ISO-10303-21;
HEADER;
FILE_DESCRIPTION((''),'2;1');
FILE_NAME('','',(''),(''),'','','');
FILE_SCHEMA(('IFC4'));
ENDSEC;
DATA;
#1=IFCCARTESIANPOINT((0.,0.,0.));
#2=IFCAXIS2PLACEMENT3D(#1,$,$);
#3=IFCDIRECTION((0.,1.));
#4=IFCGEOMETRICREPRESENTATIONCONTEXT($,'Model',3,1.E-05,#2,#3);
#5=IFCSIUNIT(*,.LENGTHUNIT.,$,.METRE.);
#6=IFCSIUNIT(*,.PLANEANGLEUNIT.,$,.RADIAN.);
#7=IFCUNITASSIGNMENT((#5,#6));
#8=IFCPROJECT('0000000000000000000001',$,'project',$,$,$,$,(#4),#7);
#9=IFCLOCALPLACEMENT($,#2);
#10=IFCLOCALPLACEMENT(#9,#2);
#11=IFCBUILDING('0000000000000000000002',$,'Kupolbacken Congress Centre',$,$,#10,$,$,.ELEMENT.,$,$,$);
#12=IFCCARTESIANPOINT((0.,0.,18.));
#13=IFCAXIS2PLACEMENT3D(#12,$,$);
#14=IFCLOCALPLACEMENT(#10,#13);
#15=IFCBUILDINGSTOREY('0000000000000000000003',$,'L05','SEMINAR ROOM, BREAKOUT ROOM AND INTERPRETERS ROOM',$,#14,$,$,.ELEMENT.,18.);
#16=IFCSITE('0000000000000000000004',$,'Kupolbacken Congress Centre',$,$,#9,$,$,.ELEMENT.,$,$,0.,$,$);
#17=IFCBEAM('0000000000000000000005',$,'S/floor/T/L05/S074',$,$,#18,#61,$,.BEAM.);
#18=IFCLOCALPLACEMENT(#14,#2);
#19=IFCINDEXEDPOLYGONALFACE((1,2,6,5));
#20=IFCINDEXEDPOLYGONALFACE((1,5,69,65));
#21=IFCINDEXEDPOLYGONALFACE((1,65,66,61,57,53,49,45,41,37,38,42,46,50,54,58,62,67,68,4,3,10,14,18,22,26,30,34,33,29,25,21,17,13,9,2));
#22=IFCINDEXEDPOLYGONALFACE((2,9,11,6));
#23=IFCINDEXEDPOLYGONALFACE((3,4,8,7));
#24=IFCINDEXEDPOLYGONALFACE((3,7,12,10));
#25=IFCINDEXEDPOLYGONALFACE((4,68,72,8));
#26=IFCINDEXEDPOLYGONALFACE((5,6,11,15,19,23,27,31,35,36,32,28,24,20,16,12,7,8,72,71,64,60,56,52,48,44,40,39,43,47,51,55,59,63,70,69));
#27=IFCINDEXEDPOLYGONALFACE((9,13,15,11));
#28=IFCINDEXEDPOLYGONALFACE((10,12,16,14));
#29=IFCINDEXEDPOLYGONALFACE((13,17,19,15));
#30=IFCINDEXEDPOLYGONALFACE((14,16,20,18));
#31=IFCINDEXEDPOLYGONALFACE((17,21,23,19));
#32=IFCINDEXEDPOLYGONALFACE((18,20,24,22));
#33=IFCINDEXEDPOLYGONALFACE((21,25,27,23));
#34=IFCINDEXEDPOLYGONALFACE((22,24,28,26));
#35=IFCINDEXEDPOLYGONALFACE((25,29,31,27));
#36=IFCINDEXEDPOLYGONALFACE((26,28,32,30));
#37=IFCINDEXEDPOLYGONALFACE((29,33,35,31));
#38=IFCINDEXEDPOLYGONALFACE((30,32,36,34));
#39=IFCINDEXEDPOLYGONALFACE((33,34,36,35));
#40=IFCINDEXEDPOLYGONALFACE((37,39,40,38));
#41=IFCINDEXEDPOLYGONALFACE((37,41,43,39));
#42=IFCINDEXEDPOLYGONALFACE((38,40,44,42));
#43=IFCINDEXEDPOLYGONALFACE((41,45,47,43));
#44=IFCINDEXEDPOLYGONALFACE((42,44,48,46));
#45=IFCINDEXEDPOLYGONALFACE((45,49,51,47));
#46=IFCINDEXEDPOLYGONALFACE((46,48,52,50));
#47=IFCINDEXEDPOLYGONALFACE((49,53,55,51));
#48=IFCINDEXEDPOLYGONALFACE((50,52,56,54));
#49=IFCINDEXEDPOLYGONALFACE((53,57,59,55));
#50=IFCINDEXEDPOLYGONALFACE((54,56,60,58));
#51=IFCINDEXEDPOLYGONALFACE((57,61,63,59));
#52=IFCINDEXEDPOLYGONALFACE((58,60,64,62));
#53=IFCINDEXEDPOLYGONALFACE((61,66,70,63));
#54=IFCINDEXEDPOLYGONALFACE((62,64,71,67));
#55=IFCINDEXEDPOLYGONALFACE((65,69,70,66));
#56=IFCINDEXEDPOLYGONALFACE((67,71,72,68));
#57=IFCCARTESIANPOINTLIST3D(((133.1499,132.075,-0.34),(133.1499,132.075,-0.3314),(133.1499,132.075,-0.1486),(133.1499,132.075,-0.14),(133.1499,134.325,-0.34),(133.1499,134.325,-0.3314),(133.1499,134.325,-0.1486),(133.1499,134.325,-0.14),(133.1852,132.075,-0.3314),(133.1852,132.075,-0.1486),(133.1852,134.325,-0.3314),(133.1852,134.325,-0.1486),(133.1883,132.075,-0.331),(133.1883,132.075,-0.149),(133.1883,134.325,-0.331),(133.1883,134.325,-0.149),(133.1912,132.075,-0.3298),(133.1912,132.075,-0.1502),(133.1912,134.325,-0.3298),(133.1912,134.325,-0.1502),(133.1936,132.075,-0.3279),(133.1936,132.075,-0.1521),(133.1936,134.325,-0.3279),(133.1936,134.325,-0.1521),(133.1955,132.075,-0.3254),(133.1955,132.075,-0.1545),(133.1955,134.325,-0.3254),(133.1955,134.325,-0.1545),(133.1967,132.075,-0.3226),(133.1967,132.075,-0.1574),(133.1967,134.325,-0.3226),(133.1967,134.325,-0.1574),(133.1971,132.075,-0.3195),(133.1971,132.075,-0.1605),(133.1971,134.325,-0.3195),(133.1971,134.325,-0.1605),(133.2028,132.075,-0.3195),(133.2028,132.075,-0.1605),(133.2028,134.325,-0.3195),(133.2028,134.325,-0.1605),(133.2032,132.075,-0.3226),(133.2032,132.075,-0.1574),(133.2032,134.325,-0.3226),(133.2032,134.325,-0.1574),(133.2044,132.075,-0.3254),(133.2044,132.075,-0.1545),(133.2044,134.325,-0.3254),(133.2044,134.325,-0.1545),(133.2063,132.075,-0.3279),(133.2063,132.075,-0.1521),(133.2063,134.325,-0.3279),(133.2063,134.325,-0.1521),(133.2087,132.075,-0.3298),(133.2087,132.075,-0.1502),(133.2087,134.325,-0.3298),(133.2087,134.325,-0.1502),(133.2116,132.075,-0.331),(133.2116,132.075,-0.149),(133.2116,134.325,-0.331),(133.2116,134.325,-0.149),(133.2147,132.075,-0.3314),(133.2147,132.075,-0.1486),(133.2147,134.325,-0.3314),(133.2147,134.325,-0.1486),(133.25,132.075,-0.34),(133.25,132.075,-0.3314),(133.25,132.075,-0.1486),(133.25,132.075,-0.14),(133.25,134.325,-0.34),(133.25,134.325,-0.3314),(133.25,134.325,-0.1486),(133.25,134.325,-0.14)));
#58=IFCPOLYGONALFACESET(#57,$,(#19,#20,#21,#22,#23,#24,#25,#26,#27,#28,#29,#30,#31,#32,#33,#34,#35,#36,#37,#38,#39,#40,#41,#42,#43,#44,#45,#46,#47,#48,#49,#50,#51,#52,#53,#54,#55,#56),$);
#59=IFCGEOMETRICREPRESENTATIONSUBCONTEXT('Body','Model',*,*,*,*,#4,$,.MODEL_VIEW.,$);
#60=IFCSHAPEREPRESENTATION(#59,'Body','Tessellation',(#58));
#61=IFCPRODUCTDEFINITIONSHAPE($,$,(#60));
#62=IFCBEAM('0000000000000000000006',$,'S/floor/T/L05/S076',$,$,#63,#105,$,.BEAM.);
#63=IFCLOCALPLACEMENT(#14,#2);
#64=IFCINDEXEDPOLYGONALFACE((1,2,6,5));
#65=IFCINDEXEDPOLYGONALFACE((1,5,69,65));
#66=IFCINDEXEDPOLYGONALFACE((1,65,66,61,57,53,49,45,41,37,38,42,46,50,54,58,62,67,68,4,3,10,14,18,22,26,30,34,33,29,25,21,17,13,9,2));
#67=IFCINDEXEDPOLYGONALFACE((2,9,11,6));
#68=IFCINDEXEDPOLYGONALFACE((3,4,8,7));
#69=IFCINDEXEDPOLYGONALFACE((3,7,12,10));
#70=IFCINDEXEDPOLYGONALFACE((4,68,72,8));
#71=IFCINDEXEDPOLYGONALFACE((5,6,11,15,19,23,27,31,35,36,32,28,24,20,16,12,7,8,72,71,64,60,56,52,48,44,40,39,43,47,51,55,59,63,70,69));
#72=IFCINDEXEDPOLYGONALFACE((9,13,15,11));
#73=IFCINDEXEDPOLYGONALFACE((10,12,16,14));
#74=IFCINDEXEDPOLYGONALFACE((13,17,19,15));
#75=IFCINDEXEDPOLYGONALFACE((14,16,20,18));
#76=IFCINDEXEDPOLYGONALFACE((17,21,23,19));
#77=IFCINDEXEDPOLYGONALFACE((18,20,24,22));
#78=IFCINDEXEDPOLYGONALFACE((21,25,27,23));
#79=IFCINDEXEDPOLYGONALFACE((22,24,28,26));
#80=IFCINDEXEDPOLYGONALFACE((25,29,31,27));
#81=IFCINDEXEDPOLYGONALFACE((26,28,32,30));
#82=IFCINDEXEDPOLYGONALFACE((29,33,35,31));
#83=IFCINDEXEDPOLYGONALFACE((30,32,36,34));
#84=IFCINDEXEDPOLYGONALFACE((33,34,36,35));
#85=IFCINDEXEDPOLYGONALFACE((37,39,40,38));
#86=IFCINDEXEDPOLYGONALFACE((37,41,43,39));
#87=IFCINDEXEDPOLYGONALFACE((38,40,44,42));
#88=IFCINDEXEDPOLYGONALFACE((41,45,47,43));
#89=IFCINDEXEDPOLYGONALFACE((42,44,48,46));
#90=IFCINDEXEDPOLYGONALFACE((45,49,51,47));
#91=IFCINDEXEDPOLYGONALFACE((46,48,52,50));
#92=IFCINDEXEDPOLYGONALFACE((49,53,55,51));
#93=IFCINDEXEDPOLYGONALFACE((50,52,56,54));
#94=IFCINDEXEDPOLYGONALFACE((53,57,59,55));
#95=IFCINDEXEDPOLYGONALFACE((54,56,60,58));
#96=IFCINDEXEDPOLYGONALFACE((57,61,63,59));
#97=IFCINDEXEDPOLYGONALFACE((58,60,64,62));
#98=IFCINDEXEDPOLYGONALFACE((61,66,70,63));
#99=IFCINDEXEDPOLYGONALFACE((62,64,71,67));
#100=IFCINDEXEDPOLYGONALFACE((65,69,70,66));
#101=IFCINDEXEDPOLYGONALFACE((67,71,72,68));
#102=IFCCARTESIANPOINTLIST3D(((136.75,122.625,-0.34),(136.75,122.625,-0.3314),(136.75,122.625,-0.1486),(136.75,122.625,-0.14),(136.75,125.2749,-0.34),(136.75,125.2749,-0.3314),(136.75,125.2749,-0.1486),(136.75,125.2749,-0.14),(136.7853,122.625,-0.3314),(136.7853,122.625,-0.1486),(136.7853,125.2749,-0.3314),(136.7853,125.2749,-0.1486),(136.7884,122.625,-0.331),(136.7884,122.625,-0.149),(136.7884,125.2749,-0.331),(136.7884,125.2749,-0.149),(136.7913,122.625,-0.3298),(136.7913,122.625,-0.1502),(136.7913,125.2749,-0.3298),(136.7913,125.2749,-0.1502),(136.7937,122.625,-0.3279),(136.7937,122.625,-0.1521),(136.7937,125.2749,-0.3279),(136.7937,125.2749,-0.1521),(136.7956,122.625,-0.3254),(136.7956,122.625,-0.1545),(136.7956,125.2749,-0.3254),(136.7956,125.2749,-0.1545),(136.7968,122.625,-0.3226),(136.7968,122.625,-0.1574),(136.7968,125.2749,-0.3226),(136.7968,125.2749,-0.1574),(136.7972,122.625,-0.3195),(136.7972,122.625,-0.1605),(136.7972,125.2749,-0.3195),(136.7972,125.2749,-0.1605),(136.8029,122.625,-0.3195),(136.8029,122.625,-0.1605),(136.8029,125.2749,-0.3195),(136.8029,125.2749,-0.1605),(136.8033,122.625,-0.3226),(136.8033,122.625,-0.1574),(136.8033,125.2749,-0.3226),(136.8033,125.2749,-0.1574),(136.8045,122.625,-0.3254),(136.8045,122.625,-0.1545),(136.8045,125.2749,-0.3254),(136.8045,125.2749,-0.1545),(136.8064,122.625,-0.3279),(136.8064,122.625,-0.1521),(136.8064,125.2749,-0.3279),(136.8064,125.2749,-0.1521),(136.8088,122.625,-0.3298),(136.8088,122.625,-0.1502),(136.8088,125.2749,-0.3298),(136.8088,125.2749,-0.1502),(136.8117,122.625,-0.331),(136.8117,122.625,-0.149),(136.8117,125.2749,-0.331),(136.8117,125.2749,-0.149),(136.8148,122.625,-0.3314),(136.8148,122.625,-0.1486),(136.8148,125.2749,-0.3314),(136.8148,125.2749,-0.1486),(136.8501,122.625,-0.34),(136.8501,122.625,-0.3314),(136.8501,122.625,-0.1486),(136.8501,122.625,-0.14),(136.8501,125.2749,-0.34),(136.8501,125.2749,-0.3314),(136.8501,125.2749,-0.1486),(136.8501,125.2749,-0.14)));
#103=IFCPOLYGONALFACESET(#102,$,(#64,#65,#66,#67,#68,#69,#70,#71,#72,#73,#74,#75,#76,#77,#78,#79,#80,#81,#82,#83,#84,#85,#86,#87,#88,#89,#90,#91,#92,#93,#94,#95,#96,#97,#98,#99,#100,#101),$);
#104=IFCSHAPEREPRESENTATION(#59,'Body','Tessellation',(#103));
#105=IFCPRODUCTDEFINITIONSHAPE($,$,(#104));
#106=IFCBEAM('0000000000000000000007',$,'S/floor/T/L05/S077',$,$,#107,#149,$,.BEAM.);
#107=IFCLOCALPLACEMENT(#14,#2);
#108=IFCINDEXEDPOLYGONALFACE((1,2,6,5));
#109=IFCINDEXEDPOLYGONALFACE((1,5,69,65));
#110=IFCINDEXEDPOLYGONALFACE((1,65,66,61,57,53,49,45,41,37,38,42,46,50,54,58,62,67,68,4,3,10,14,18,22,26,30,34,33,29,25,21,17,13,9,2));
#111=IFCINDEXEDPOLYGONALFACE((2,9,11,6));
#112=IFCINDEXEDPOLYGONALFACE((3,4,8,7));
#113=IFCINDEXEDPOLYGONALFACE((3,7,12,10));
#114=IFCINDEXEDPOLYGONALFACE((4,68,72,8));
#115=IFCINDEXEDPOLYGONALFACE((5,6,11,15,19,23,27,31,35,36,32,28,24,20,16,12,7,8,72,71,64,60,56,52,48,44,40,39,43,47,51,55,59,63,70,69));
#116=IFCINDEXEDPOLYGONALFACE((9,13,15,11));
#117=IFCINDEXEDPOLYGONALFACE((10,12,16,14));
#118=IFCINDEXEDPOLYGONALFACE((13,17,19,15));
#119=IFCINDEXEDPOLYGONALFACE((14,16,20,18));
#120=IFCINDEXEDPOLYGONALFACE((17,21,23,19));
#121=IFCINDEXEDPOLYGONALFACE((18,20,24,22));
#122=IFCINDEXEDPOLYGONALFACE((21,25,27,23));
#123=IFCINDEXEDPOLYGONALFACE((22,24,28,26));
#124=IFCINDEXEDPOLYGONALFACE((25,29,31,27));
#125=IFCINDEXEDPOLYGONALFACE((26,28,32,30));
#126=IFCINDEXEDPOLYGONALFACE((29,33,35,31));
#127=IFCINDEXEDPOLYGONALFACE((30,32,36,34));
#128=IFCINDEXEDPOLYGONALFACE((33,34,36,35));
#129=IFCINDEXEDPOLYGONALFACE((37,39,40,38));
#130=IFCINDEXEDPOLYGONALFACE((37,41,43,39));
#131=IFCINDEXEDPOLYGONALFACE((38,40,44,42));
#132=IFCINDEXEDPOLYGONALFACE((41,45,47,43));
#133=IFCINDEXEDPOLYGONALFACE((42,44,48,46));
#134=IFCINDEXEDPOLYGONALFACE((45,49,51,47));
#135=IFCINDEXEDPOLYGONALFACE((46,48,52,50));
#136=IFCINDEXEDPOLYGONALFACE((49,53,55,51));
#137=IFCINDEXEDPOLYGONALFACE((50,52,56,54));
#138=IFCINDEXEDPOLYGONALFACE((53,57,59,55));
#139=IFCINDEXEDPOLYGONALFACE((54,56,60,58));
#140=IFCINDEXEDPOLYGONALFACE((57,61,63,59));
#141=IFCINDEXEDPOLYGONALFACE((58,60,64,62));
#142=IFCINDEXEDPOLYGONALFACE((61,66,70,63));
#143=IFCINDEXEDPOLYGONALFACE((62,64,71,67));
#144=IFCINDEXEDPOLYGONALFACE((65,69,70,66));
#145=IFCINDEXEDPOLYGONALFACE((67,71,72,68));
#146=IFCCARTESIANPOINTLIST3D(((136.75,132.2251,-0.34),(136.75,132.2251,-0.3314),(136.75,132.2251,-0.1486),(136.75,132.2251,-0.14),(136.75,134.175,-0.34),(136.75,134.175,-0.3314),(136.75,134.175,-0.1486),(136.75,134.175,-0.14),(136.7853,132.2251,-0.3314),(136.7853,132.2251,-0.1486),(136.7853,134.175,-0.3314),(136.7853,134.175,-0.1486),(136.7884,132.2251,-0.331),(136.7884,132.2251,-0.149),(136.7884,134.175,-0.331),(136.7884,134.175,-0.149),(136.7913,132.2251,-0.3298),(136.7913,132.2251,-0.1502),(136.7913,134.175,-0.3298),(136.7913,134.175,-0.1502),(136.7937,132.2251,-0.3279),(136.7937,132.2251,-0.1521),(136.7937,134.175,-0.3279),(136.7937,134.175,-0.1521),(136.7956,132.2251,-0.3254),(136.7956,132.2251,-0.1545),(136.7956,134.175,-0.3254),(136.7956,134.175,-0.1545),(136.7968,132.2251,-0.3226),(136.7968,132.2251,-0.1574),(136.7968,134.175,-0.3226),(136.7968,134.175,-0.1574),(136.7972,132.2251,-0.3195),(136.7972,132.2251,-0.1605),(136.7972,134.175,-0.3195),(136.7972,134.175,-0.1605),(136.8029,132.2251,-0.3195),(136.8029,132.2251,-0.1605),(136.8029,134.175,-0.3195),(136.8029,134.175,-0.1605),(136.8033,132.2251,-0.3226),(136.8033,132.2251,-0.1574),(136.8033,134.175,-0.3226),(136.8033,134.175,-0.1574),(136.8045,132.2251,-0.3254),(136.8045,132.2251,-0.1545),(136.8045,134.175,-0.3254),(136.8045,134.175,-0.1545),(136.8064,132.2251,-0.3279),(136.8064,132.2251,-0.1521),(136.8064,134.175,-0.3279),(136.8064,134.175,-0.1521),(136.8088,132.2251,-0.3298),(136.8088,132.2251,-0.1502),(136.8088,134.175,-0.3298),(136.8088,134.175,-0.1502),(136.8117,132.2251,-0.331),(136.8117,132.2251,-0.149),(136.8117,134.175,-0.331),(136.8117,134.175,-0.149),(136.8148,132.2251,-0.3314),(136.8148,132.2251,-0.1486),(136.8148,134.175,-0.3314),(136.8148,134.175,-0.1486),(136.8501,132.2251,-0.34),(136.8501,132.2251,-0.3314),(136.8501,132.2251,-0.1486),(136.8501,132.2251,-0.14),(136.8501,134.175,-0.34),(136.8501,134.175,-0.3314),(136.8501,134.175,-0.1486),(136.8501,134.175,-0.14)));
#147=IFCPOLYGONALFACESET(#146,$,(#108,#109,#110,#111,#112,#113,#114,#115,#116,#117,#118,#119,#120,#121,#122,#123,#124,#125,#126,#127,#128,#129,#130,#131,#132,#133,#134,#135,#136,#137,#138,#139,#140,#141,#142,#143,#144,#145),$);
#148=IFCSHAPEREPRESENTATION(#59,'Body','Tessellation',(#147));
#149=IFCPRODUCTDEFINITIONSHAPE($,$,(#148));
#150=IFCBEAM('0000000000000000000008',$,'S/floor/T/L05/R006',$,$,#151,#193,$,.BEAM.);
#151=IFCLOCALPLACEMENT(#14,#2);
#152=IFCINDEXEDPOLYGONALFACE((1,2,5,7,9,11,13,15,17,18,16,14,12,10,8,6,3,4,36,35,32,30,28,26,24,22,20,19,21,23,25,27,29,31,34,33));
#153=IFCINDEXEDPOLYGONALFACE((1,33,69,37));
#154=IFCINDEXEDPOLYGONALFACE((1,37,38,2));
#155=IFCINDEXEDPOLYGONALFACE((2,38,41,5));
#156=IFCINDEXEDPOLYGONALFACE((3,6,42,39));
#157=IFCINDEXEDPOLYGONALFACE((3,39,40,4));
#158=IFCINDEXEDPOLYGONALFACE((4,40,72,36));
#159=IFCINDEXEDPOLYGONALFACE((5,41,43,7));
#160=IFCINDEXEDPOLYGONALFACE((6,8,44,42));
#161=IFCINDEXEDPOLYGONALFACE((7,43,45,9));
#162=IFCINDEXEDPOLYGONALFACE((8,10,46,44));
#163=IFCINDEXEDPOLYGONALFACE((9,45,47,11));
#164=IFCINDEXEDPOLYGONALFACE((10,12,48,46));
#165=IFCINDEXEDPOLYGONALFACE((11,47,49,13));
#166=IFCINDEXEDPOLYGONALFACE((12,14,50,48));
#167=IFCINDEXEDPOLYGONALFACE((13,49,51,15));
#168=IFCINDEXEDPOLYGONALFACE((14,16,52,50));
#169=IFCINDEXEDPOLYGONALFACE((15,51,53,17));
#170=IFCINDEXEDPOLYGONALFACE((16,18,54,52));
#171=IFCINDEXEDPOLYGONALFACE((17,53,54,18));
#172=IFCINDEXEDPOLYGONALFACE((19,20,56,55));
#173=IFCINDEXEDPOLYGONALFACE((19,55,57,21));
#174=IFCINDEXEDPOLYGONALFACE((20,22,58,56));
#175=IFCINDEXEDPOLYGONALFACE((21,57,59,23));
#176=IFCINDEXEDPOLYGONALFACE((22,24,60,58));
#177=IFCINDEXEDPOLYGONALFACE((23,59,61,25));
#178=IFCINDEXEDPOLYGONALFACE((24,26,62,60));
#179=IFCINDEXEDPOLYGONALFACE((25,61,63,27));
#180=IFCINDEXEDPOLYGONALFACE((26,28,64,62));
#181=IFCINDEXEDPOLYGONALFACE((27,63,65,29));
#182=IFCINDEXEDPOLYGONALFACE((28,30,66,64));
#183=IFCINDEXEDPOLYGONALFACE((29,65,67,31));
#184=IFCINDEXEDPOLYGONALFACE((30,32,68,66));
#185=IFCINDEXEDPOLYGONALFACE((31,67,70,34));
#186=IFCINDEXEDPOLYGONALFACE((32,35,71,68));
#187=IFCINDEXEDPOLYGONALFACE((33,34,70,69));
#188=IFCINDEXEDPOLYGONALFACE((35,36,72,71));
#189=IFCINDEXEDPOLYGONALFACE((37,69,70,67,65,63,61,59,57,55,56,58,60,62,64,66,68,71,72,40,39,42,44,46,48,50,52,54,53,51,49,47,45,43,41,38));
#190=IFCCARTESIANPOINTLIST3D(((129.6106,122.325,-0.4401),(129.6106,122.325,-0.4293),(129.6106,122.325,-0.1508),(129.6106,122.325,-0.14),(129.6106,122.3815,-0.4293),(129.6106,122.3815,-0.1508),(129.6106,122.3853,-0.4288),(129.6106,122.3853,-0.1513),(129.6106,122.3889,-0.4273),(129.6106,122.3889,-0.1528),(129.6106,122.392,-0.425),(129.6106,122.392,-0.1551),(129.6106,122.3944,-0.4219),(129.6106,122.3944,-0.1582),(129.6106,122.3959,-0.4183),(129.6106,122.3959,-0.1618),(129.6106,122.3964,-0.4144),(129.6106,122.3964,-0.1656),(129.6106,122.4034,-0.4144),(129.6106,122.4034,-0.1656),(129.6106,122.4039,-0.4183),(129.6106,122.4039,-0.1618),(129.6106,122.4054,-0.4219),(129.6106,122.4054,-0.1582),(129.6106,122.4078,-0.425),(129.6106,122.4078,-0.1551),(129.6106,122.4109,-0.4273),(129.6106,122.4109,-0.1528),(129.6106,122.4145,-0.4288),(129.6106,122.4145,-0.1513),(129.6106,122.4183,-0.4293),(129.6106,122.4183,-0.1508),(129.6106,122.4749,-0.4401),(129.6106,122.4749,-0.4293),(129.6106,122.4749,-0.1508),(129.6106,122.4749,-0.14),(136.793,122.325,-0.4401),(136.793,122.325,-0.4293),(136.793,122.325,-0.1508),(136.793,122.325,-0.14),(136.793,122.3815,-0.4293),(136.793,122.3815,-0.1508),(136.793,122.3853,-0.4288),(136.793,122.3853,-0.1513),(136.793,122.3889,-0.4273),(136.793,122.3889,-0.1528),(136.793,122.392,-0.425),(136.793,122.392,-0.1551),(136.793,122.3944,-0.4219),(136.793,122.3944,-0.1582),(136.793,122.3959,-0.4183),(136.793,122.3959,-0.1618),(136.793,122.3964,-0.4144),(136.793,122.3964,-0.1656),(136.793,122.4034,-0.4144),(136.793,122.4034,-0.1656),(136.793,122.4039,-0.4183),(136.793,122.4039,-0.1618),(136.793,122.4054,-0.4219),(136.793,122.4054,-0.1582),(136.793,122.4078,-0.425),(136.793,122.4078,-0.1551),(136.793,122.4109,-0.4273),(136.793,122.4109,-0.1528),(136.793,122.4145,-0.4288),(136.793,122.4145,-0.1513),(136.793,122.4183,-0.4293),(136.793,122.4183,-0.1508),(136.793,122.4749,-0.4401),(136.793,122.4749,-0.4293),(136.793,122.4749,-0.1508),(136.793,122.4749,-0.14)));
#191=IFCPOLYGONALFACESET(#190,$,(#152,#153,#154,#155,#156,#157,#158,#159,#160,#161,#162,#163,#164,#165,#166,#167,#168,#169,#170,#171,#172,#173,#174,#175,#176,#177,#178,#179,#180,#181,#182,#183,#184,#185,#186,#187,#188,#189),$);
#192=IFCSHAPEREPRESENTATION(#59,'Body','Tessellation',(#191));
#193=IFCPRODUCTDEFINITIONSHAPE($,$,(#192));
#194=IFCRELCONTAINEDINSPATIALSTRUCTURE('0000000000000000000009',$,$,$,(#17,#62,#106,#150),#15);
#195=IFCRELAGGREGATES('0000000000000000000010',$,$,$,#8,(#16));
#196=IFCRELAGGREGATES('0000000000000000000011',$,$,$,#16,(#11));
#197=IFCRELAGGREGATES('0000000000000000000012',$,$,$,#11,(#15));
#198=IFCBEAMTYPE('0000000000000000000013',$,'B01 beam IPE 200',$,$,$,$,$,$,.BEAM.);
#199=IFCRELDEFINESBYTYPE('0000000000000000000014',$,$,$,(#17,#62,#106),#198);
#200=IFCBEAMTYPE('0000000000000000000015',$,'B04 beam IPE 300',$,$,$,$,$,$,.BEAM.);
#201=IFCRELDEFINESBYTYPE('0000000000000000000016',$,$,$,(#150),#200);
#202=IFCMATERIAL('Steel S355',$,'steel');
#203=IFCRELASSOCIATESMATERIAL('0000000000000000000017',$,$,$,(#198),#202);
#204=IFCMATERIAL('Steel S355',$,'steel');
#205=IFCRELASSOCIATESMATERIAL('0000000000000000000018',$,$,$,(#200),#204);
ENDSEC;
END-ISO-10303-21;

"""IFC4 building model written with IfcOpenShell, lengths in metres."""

from ifc_helpers import new_model, si_unit, direction, frame, origin, origin_2d, place, context, subcontext, project, spatial, i_section, extrude, material, material_profile, profile_set, type_object, element, save


model = new_model("IFC4")

# Units and contexts
model_context = context("Model", 3, precision=1e-05, world=origin(), true_north=direction((0.0, 1.0)))
body_context = subcontext(model_context, "Body", "Model", "MODEL_VIEW")
ifc_project = project(units=[si_unit("LENGTHUNIT", "METRE"), si_unit("PLANEANGLEUNIT", "RADIAN")], contexts=[model_context])

# Site, building, storey
site_placement = place(None, origin())
site = spatial("IfcSite", under=ifc_project, at=site_placement, Name="Kupolbacken Congress Centre", CompositionType="ELEMENT", RefElevation=0.0)
building_placement = place(site_placement, origin())
building = spatial("IfcBuilding", under=site, at=building_placement, Name="Kupolbacken Congress Centre", CompositionType="ELEMENT")
storey_placement = place(building_placement, frame((0.0, 0.0, 18.0)))
storey = spatial("IfcBuildingStorey", under=building, at=storey_placement, Name="L05", Description="SEMINAR ROOM, BREAKOUT ROOM AND INTERPRETERS ROOM", CompositionType="ELEMENT", Elevation=18.0)

# Beams
ifc_material_1 = material(Name="Steel S355", Category="steel")
ifc_material_profile_1 = material_profile(ifc_material_1, i_section(OverallWidth=0.1001, OverallDepth=0.2, WebThickness=0.0056, FlangeThickness=0.0085, FilletRadius=0.012, at=origin_2d()), Name="IPE 200")
ifc_profile_set_1 = profile_set([ifc_material_profile_1], Name="Steel S355")
beam_type_1 = type_object("IfcBeamType", Name="B01 beam IPE 200", PredefinedType="BEAM", material=ifc_profile_set_1)
beam_1_placement = place(storey_placement, frame((133.2, 132.075, -0.24), z_axis=(0.0, 1.0, 0.0), x_axis=(-1.0, 0.0, 0.0)))
element("IfcBeam", 1, at=beam_1_placement, inside=storey, type_object=beam_type_1, Name="S/floor/T/L05/S074", PredefinedType="BEAM", context=body_context, shape_type="SweptSolid", body=[
    extrude(i_section(OverallWidth=0.1001, OverallDepth=0.2, WebThickness=0.0056, FlangeThickness=0.0085, FilletRadius=0.012, at=origin_2d()), origin(), (0.0, 0.0, 1.0), 2.25),
])
beam_2_placement = place(storey_placement, frame((136.8, 122.625, -0.24), z_axis=(0.0, 1.0, 0.0), x_axis=(-1.0, 0.0, 0.0)))
element("IfcBeam", 2, at=beam_2_placement, inside=storey, type_object=beam_type_1, Name="S/floor/T/L05/S076", PredefinedType="BEAM", context=body_context, shape_type="SweptSolid", body=[
    extrude(i_section(OverallWidth=0.1001, OverallDepth=0.2, WebThickness=0.0056, FlangeThickness=0.0085, FilletRadius=0.012, at=origin_2d()), origin(), (0.0, 0.0, 1.0), 2.6499),
])
beam_3_placement = place(storey_placement, frame((136.8, 132.2251, -0.24), z_axis=(0.0, 1.0, 0.0), x_axis=(-1.0, 0.0, 0.0)))
element("IfcBeam", 3, at=beam_3_placement, inside=storey, type_object=beam_type_1, Name="S/floor/T/L05/S077", PredefinedType="BEAM", context=body_context, shape_type="SweptSolid", body=[
    extrude(i_section(OverallWidth=0.1001, OverallDepth=0.2, WebThickness=0.0056, FlangeThickness=0.0085, FilletRadius=0.012, at=origin_2d()), origin(), (0.0, 0.0, 1.0), 1.95),
])
ifc_material_2 = material(Name="Steel S355", Category="steel")
ifc_material_profile_2 = material_profile(ifc_material_2, i_section(OverallWidth=0.1499, OverallDepth=0.3, WebThickness=0.0071, FlangeThickness=0.0107, FilletRadius=0.0149, at=origin_2d()), Name="IPE 300")
ifc_profile_set_2 = profile_set([ifc_material_profile_2], Name="Steel S355")
beam_type_2 = type_object("IfcBeamType", Name="B04 beam IPE 300", PredefinedType="BEAM", material=ifc_profile_set_2)
beam_4_placement = place(storey_placement, frame((129.6106, 122.3999, -0.29), z_axis=(1.0, 0.0, 0.0), x_axis=(0.0, 1.0, 0.0)))
element("IfcBeam", 4, at=beam_4_placement, inside=storey, type_object=beam_type_2, Name="S/floor/T/L05/R006", PredefinedType="BEAM", context=body_context, shape_type="SweptSolid", body=[
    extrude(i_section(OverallWidth=0.1499, OverallDepth=0.3, WebThickness=0.0071, FlangeThickness=0.0107, FilletRadius=0.0149, at=origin_2d()), origin(), (0.0, 0.0, 1.0), 7.1824),
])

save(model, "model.ifc")
